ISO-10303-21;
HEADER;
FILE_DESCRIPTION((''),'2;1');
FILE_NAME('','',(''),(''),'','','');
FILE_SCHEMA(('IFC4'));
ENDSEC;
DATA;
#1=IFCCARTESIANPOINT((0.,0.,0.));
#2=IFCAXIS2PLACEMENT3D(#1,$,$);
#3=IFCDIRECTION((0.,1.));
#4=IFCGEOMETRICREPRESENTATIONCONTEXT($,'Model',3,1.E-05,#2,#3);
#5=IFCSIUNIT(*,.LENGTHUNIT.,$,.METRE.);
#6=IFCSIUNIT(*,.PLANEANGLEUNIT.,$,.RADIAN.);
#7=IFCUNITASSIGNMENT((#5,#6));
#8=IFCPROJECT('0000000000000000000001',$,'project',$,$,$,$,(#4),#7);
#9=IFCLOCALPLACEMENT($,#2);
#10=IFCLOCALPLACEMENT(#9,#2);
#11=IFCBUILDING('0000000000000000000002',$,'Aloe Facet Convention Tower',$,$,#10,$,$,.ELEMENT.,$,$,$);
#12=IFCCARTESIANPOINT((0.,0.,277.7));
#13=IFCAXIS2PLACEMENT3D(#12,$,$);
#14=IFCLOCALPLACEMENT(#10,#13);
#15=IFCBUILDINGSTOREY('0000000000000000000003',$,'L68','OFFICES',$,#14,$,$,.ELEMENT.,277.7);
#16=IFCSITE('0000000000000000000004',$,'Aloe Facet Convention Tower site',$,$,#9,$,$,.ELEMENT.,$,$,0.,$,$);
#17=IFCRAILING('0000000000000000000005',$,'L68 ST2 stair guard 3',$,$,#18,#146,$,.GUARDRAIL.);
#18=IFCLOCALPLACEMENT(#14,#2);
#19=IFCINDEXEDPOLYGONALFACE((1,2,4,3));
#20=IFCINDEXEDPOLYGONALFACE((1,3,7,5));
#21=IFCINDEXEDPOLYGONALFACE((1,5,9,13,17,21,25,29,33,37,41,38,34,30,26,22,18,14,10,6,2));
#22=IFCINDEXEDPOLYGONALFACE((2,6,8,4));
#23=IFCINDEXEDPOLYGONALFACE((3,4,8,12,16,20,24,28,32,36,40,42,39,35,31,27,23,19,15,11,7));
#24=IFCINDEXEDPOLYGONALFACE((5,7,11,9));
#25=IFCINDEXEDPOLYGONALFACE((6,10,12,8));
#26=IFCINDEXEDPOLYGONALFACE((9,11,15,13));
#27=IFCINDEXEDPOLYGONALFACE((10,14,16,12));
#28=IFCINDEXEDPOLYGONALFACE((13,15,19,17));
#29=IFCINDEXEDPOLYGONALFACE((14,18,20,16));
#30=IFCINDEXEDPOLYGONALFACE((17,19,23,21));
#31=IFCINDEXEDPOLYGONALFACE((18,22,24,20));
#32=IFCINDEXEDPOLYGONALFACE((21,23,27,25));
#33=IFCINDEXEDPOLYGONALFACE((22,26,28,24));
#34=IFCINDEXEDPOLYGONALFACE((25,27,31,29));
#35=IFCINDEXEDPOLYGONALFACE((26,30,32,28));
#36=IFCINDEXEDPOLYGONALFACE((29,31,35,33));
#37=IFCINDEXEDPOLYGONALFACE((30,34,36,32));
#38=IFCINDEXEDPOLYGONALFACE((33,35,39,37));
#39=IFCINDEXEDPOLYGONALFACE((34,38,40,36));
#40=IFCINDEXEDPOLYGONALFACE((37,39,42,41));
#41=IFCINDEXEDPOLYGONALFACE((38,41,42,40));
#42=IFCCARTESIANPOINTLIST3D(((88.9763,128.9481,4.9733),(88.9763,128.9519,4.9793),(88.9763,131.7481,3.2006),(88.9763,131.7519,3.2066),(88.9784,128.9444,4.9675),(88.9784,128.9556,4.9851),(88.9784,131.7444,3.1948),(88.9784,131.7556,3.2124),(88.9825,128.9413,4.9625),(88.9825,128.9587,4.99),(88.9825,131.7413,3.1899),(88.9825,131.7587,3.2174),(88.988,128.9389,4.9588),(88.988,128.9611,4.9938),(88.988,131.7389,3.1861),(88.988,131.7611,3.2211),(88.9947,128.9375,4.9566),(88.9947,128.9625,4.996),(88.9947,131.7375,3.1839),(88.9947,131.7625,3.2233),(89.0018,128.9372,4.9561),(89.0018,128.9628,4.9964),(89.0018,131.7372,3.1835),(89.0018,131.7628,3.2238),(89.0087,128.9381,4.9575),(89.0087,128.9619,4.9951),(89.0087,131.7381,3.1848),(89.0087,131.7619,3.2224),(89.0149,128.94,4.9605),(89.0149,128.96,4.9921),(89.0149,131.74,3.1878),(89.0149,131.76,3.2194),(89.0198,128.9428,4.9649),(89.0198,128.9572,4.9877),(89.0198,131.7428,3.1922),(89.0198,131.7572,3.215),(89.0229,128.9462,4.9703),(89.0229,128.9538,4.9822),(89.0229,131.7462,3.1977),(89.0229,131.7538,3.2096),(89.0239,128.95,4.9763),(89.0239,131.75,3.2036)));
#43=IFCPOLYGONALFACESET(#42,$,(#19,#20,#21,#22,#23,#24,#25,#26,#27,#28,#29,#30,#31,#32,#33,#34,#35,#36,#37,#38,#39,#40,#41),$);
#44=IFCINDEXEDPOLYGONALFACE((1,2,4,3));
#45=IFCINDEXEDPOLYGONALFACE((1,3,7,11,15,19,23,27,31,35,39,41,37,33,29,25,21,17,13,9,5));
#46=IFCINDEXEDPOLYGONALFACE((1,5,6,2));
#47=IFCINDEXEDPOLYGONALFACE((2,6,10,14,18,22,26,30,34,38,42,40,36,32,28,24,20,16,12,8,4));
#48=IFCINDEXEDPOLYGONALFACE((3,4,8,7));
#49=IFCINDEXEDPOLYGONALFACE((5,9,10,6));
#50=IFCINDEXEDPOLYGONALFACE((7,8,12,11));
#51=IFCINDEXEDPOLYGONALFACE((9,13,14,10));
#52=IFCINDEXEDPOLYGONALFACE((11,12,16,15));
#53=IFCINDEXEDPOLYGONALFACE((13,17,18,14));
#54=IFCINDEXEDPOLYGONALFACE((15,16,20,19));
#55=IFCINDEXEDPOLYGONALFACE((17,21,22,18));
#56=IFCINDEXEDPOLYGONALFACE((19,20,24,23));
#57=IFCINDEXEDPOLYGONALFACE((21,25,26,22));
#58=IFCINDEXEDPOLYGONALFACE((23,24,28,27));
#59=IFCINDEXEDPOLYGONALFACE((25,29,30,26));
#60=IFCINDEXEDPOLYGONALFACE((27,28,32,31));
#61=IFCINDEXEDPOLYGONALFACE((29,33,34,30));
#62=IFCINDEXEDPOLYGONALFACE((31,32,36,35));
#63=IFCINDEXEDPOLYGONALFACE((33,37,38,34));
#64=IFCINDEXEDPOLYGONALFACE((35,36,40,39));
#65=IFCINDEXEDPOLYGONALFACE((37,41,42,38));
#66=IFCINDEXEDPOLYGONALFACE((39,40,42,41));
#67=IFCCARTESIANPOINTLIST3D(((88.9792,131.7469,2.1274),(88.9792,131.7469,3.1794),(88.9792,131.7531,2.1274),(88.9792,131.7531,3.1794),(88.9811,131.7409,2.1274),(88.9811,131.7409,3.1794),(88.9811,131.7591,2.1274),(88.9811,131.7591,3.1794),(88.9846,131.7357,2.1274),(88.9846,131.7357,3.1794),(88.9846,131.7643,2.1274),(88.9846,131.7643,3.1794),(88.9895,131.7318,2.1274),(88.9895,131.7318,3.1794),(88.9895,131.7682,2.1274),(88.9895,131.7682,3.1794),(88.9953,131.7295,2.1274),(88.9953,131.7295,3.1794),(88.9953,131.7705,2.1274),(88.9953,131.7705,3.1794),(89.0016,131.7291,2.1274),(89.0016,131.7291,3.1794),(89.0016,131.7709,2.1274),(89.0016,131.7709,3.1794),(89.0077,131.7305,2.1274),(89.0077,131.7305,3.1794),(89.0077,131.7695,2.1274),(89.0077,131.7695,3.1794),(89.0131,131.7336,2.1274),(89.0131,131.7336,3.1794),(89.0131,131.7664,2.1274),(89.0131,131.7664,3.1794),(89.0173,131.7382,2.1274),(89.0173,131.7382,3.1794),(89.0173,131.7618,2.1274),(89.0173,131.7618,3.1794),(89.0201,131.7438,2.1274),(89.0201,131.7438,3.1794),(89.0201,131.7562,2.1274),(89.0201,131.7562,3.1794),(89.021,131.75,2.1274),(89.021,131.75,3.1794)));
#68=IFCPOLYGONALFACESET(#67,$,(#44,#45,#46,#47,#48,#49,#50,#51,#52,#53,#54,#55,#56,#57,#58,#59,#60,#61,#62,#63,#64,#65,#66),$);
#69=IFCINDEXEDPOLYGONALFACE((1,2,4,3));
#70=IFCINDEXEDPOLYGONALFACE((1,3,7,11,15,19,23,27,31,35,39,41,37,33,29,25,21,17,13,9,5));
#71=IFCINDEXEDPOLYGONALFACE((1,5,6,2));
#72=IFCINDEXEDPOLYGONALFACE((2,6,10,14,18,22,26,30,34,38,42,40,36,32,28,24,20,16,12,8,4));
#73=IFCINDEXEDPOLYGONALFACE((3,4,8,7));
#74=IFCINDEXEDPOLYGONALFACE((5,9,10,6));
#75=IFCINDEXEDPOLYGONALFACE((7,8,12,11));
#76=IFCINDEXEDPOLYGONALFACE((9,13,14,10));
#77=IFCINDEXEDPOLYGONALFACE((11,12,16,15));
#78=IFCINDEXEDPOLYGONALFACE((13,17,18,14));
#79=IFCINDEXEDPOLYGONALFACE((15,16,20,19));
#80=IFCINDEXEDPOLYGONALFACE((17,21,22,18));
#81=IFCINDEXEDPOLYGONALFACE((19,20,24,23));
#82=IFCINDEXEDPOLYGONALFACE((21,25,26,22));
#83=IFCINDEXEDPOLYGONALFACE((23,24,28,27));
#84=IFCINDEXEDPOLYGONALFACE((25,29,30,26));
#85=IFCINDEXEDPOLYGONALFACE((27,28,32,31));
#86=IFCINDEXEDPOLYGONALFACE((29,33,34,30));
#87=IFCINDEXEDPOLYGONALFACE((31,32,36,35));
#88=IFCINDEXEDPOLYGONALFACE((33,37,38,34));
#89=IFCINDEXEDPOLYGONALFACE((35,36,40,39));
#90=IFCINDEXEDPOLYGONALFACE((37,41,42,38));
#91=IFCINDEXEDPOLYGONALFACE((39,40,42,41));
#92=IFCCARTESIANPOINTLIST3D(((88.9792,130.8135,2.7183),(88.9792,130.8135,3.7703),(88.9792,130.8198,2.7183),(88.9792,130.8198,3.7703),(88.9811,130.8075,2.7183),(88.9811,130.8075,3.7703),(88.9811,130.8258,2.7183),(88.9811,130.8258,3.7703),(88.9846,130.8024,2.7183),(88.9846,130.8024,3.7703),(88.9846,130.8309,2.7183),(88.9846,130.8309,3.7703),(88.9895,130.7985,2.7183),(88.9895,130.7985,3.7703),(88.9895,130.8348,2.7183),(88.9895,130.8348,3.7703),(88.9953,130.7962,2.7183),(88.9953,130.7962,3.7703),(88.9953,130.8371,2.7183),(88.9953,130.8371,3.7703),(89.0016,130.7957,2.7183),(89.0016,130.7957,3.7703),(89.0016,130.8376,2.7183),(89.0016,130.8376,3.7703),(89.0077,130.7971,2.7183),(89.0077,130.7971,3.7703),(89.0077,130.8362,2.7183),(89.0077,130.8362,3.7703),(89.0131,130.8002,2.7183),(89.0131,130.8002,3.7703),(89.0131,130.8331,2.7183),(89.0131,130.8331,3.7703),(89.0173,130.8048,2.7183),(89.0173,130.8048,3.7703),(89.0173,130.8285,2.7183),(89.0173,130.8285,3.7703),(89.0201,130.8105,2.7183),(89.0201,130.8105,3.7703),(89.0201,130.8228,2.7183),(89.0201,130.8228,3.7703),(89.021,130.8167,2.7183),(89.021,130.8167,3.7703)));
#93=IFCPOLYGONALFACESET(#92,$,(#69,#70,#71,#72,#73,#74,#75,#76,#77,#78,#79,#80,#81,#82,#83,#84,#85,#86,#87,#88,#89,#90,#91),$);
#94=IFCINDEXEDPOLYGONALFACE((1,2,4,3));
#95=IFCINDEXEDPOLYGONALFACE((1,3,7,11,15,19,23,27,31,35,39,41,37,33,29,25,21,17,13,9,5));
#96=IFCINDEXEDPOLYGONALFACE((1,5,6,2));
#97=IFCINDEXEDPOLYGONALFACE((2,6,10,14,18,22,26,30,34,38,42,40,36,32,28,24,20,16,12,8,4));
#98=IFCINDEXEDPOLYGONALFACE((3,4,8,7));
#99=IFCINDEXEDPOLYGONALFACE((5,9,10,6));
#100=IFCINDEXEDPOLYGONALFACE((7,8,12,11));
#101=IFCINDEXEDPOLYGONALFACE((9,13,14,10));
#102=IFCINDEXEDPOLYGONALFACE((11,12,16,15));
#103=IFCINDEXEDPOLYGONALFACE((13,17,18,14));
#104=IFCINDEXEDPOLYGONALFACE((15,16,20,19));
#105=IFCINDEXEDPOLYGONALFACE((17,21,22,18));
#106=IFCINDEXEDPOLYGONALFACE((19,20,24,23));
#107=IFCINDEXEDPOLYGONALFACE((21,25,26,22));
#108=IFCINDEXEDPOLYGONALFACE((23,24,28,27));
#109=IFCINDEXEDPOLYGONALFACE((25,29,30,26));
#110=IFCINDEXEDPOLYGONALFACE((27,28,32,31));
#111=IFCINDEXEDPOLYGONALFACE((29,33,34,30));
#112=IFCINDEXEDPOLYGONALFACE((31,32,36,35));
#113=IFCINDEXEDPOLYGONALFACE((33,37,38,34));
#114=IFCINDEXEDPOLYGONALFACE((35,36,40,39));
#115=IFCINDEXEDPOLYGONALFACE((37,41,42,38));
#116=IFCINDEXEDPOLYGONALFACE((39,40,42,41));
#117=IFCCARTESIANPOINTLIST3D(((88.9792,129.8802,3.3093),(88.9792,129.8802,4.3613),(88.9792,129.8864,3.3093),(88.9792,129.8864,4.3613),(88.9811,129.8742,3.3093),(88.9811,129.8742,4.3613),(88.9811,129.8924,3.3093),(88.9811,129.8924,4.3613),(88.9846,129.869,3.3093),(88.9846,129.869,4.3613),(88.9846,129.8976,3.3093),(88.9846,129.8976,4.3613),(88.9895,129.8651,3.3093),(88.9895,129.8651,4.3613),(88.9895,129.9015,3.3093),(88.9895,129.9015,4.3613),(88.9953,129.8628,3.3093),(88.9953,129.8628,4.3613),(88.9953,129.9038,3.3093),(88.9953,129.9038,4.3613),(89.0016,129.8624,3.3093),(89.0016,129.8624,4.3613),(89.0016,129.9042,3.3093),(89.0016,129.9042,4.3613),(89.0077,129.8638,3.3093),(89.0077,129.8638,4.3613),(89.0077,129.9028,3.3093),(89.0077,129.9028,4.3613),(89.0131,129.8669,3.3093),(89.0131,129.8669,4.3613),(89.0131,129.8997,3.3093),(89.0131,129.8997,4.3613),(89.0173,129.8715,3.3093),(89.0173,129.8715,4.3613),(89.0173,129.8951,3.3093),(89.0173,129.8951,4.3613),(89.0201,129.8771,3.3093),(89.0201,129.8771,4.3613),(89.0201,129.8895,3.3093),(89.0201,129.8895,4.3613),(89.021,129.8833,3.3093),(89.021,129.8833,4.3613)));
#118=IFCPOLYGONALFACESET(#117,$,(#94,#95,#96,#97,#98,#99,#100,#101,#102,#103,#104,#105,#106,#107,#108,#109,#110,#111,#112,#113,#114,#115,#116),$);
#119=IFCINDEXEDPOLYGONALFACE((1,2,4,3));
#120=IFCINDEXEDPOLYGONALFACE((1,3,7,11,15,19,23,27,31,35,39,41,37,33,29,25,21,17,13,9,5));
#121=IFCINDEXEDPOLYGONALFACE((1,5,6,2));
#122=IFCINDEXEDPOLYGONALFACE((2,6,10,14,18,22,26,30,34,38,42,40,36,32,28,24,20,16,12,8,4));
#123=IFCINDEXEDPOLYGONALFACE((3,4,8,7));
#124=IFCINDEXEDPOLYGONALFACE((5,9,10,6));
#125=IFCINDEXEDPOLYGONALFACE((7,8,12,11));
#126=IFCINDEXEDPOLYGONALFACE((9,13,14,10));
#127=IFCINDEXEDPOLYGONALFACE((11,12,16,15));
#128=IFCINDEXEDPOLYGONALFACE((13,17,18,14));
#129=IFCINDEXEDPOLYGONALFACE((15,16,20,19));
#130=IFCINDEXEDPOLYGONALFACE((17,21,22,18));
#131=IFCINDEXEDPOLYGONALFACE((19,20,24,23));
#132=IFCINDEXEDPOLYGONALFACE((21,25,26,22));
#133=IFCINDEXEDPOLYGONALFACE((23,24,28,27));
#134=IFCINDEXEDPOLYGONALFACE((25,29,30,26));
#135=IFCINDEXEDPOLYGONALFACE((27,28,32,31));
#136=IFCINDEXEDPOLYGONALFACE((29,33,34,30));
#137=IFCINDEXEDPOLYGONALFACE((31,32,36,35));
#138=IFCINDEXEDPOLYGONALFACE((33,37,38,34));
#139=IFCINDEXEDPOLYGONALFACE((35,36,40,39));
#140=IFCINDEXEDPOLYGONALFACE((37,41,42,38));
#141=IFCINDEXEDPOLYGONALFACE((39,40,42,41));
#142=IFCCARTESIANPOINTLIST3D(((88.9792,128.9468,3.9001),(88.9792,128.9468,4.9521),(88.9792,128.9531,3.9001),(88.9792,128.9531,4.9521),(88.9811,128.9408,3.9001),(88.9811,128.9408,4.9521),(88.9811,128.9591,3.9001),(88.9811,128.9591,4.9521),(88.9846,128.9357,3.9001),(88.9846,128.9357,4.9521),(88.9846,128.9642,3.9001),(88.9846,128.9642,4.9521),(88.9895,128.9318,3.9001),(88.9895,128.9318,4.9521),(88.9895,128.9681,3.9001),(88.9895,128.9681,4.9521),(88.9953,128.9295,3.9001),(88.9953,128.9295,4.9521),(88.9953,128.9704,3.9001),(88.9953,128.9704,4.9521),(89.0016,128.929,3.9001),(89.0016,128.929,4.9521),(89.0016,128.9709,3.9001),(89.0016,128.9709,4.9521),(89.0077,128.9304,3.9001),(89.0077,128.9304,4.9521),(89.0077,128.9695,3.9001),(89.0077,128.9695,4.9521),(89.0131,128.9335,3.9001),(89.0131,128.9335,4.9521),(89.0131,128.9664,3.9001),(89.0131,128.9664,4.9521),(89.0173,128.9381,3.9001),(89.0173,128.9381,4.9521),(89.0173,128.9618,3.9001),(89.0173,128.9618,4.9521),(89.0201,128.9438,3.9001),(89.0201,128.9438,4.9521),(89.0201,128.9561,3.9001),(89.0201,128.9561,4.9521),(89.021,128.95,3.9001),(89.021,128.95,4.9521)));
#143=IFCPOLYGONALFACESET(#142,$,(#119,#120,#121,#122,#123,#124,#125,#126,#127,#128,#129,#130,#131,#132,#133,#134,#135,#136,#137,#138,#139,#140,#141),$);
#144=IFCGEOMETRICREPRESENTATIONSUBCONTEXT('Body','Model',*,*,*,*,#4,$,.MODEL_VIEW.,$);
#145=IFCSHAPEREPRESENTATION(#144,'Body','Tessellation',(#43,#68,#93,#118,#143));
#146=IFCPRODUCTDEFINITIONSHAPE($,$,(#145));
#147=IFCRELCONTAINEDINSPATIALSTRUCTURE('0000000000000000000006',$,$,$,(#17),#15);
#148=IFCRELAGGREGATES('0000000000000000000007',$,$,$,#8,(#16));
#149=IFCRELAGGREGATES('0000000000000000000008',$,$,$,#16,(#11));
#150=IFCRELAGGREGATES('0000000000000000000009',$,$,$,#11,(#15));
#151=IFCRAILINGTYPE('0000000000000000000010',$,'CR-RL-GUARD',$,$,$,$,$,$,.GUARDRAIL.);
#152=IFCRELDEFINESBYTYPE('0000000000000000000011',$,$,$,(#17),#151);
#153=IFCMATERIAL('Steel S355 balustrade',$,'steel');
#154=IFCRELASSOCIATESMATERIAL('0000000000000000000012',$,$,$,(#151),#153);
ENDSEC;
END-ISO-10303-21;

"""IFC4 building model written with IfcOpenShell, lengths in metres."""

from ifc_helpers import new_model, si_unit, direction, frame, origin, origin_2d, place, context, subcontext, project, spatial, circle, extrude, material, type_object, element, save


model = new_model("IFC4")

# Units and contexts
model_context = context("Model", 3, precision=1e-05, world=origin(), true_north=direction((0.0, 1.0)))
body_context = subcontext(model_context, "Body", "Model", "MODEL_VIEW")
ifc_project = project(units=[si_unit("LENGTHUNIT", "METRE"), si_unit("PLANEANGLEUNIT", "RADIAN")], contexts=[model_context])

# Site, building, storey
site_placement = place(None, origin())
site = spatial("IfcSite", under=ifc_project, at=site_placement, Name="Aloe Facet Convention Tower site", CompositionType="ELEMENT", RefElevation=0.0)
building_placement = place(site_placement, origin())
building = spatial("IfcBuilding", under=site, at=building_placement, Name="Aloe Facet Convention Tower", CompositionType="ELEMENT")
storey_placement = place(building_placement, frame((0.0, 0.0, 277.7)))
storey = spatial("IfcBuildingStorey", under=building, at=storey_placement, Name="L68", Description="OFFICES", CompositionType="ELEMENT", Elevation=277.7)

# Railing
ifc_material_1 = material(Name="Steel S355 balustrade", Category="steel")
railing_type_1 = type_object("IfcRailingType", Name="CR-RL-GUARD", PredefinedType="GUARDRAIL", material=ifc_material_1)
railing_1_placement = place(storey_placement, frame((89.0, 131.75, 2.1274)))
element("IfcRailing", 1, at=railing_1_placement, inside=storey, type_object=railing_type_1, Name="L68 ST2 stair guard 3", PredefinedType="GUARDRAIL", context=body_context, shape_type="SweptSolid", body=[
    extrude(circle(Radius=0.0239, at=origin_2d()), frame((0.0, 0.0, 1.0762), z_axis=(0.0, -0.844909, 0.53491), x_axis=(1.0, 0.0, 0.0)), (0.0, 0.0, 1.0), 3.314),
    extrude(circle(Radius=0.021, at=origin_2d()), origin(), (0.0, 0.0, 1.0), 1.052),
    extrude(circle(Radius=0.021, at=origin_2d()), frame((0.0, -0.9333, 0.5908)), (0.0, 0.0, 1.0), 1.052),
    extrude(circle(Radius=0.021, at=origin_2d()), frame((0.0, -1.8667, 1.1819)), (0.0, 0.0, 1.0), 1.052),
    extrude(circle(Radius=0.021, at=origin_2d()), frame((0.0, -2.8, 1.7727)), (0.0, 0.0, 1.0), 1.052),
])

save(model, "model.ifc")
